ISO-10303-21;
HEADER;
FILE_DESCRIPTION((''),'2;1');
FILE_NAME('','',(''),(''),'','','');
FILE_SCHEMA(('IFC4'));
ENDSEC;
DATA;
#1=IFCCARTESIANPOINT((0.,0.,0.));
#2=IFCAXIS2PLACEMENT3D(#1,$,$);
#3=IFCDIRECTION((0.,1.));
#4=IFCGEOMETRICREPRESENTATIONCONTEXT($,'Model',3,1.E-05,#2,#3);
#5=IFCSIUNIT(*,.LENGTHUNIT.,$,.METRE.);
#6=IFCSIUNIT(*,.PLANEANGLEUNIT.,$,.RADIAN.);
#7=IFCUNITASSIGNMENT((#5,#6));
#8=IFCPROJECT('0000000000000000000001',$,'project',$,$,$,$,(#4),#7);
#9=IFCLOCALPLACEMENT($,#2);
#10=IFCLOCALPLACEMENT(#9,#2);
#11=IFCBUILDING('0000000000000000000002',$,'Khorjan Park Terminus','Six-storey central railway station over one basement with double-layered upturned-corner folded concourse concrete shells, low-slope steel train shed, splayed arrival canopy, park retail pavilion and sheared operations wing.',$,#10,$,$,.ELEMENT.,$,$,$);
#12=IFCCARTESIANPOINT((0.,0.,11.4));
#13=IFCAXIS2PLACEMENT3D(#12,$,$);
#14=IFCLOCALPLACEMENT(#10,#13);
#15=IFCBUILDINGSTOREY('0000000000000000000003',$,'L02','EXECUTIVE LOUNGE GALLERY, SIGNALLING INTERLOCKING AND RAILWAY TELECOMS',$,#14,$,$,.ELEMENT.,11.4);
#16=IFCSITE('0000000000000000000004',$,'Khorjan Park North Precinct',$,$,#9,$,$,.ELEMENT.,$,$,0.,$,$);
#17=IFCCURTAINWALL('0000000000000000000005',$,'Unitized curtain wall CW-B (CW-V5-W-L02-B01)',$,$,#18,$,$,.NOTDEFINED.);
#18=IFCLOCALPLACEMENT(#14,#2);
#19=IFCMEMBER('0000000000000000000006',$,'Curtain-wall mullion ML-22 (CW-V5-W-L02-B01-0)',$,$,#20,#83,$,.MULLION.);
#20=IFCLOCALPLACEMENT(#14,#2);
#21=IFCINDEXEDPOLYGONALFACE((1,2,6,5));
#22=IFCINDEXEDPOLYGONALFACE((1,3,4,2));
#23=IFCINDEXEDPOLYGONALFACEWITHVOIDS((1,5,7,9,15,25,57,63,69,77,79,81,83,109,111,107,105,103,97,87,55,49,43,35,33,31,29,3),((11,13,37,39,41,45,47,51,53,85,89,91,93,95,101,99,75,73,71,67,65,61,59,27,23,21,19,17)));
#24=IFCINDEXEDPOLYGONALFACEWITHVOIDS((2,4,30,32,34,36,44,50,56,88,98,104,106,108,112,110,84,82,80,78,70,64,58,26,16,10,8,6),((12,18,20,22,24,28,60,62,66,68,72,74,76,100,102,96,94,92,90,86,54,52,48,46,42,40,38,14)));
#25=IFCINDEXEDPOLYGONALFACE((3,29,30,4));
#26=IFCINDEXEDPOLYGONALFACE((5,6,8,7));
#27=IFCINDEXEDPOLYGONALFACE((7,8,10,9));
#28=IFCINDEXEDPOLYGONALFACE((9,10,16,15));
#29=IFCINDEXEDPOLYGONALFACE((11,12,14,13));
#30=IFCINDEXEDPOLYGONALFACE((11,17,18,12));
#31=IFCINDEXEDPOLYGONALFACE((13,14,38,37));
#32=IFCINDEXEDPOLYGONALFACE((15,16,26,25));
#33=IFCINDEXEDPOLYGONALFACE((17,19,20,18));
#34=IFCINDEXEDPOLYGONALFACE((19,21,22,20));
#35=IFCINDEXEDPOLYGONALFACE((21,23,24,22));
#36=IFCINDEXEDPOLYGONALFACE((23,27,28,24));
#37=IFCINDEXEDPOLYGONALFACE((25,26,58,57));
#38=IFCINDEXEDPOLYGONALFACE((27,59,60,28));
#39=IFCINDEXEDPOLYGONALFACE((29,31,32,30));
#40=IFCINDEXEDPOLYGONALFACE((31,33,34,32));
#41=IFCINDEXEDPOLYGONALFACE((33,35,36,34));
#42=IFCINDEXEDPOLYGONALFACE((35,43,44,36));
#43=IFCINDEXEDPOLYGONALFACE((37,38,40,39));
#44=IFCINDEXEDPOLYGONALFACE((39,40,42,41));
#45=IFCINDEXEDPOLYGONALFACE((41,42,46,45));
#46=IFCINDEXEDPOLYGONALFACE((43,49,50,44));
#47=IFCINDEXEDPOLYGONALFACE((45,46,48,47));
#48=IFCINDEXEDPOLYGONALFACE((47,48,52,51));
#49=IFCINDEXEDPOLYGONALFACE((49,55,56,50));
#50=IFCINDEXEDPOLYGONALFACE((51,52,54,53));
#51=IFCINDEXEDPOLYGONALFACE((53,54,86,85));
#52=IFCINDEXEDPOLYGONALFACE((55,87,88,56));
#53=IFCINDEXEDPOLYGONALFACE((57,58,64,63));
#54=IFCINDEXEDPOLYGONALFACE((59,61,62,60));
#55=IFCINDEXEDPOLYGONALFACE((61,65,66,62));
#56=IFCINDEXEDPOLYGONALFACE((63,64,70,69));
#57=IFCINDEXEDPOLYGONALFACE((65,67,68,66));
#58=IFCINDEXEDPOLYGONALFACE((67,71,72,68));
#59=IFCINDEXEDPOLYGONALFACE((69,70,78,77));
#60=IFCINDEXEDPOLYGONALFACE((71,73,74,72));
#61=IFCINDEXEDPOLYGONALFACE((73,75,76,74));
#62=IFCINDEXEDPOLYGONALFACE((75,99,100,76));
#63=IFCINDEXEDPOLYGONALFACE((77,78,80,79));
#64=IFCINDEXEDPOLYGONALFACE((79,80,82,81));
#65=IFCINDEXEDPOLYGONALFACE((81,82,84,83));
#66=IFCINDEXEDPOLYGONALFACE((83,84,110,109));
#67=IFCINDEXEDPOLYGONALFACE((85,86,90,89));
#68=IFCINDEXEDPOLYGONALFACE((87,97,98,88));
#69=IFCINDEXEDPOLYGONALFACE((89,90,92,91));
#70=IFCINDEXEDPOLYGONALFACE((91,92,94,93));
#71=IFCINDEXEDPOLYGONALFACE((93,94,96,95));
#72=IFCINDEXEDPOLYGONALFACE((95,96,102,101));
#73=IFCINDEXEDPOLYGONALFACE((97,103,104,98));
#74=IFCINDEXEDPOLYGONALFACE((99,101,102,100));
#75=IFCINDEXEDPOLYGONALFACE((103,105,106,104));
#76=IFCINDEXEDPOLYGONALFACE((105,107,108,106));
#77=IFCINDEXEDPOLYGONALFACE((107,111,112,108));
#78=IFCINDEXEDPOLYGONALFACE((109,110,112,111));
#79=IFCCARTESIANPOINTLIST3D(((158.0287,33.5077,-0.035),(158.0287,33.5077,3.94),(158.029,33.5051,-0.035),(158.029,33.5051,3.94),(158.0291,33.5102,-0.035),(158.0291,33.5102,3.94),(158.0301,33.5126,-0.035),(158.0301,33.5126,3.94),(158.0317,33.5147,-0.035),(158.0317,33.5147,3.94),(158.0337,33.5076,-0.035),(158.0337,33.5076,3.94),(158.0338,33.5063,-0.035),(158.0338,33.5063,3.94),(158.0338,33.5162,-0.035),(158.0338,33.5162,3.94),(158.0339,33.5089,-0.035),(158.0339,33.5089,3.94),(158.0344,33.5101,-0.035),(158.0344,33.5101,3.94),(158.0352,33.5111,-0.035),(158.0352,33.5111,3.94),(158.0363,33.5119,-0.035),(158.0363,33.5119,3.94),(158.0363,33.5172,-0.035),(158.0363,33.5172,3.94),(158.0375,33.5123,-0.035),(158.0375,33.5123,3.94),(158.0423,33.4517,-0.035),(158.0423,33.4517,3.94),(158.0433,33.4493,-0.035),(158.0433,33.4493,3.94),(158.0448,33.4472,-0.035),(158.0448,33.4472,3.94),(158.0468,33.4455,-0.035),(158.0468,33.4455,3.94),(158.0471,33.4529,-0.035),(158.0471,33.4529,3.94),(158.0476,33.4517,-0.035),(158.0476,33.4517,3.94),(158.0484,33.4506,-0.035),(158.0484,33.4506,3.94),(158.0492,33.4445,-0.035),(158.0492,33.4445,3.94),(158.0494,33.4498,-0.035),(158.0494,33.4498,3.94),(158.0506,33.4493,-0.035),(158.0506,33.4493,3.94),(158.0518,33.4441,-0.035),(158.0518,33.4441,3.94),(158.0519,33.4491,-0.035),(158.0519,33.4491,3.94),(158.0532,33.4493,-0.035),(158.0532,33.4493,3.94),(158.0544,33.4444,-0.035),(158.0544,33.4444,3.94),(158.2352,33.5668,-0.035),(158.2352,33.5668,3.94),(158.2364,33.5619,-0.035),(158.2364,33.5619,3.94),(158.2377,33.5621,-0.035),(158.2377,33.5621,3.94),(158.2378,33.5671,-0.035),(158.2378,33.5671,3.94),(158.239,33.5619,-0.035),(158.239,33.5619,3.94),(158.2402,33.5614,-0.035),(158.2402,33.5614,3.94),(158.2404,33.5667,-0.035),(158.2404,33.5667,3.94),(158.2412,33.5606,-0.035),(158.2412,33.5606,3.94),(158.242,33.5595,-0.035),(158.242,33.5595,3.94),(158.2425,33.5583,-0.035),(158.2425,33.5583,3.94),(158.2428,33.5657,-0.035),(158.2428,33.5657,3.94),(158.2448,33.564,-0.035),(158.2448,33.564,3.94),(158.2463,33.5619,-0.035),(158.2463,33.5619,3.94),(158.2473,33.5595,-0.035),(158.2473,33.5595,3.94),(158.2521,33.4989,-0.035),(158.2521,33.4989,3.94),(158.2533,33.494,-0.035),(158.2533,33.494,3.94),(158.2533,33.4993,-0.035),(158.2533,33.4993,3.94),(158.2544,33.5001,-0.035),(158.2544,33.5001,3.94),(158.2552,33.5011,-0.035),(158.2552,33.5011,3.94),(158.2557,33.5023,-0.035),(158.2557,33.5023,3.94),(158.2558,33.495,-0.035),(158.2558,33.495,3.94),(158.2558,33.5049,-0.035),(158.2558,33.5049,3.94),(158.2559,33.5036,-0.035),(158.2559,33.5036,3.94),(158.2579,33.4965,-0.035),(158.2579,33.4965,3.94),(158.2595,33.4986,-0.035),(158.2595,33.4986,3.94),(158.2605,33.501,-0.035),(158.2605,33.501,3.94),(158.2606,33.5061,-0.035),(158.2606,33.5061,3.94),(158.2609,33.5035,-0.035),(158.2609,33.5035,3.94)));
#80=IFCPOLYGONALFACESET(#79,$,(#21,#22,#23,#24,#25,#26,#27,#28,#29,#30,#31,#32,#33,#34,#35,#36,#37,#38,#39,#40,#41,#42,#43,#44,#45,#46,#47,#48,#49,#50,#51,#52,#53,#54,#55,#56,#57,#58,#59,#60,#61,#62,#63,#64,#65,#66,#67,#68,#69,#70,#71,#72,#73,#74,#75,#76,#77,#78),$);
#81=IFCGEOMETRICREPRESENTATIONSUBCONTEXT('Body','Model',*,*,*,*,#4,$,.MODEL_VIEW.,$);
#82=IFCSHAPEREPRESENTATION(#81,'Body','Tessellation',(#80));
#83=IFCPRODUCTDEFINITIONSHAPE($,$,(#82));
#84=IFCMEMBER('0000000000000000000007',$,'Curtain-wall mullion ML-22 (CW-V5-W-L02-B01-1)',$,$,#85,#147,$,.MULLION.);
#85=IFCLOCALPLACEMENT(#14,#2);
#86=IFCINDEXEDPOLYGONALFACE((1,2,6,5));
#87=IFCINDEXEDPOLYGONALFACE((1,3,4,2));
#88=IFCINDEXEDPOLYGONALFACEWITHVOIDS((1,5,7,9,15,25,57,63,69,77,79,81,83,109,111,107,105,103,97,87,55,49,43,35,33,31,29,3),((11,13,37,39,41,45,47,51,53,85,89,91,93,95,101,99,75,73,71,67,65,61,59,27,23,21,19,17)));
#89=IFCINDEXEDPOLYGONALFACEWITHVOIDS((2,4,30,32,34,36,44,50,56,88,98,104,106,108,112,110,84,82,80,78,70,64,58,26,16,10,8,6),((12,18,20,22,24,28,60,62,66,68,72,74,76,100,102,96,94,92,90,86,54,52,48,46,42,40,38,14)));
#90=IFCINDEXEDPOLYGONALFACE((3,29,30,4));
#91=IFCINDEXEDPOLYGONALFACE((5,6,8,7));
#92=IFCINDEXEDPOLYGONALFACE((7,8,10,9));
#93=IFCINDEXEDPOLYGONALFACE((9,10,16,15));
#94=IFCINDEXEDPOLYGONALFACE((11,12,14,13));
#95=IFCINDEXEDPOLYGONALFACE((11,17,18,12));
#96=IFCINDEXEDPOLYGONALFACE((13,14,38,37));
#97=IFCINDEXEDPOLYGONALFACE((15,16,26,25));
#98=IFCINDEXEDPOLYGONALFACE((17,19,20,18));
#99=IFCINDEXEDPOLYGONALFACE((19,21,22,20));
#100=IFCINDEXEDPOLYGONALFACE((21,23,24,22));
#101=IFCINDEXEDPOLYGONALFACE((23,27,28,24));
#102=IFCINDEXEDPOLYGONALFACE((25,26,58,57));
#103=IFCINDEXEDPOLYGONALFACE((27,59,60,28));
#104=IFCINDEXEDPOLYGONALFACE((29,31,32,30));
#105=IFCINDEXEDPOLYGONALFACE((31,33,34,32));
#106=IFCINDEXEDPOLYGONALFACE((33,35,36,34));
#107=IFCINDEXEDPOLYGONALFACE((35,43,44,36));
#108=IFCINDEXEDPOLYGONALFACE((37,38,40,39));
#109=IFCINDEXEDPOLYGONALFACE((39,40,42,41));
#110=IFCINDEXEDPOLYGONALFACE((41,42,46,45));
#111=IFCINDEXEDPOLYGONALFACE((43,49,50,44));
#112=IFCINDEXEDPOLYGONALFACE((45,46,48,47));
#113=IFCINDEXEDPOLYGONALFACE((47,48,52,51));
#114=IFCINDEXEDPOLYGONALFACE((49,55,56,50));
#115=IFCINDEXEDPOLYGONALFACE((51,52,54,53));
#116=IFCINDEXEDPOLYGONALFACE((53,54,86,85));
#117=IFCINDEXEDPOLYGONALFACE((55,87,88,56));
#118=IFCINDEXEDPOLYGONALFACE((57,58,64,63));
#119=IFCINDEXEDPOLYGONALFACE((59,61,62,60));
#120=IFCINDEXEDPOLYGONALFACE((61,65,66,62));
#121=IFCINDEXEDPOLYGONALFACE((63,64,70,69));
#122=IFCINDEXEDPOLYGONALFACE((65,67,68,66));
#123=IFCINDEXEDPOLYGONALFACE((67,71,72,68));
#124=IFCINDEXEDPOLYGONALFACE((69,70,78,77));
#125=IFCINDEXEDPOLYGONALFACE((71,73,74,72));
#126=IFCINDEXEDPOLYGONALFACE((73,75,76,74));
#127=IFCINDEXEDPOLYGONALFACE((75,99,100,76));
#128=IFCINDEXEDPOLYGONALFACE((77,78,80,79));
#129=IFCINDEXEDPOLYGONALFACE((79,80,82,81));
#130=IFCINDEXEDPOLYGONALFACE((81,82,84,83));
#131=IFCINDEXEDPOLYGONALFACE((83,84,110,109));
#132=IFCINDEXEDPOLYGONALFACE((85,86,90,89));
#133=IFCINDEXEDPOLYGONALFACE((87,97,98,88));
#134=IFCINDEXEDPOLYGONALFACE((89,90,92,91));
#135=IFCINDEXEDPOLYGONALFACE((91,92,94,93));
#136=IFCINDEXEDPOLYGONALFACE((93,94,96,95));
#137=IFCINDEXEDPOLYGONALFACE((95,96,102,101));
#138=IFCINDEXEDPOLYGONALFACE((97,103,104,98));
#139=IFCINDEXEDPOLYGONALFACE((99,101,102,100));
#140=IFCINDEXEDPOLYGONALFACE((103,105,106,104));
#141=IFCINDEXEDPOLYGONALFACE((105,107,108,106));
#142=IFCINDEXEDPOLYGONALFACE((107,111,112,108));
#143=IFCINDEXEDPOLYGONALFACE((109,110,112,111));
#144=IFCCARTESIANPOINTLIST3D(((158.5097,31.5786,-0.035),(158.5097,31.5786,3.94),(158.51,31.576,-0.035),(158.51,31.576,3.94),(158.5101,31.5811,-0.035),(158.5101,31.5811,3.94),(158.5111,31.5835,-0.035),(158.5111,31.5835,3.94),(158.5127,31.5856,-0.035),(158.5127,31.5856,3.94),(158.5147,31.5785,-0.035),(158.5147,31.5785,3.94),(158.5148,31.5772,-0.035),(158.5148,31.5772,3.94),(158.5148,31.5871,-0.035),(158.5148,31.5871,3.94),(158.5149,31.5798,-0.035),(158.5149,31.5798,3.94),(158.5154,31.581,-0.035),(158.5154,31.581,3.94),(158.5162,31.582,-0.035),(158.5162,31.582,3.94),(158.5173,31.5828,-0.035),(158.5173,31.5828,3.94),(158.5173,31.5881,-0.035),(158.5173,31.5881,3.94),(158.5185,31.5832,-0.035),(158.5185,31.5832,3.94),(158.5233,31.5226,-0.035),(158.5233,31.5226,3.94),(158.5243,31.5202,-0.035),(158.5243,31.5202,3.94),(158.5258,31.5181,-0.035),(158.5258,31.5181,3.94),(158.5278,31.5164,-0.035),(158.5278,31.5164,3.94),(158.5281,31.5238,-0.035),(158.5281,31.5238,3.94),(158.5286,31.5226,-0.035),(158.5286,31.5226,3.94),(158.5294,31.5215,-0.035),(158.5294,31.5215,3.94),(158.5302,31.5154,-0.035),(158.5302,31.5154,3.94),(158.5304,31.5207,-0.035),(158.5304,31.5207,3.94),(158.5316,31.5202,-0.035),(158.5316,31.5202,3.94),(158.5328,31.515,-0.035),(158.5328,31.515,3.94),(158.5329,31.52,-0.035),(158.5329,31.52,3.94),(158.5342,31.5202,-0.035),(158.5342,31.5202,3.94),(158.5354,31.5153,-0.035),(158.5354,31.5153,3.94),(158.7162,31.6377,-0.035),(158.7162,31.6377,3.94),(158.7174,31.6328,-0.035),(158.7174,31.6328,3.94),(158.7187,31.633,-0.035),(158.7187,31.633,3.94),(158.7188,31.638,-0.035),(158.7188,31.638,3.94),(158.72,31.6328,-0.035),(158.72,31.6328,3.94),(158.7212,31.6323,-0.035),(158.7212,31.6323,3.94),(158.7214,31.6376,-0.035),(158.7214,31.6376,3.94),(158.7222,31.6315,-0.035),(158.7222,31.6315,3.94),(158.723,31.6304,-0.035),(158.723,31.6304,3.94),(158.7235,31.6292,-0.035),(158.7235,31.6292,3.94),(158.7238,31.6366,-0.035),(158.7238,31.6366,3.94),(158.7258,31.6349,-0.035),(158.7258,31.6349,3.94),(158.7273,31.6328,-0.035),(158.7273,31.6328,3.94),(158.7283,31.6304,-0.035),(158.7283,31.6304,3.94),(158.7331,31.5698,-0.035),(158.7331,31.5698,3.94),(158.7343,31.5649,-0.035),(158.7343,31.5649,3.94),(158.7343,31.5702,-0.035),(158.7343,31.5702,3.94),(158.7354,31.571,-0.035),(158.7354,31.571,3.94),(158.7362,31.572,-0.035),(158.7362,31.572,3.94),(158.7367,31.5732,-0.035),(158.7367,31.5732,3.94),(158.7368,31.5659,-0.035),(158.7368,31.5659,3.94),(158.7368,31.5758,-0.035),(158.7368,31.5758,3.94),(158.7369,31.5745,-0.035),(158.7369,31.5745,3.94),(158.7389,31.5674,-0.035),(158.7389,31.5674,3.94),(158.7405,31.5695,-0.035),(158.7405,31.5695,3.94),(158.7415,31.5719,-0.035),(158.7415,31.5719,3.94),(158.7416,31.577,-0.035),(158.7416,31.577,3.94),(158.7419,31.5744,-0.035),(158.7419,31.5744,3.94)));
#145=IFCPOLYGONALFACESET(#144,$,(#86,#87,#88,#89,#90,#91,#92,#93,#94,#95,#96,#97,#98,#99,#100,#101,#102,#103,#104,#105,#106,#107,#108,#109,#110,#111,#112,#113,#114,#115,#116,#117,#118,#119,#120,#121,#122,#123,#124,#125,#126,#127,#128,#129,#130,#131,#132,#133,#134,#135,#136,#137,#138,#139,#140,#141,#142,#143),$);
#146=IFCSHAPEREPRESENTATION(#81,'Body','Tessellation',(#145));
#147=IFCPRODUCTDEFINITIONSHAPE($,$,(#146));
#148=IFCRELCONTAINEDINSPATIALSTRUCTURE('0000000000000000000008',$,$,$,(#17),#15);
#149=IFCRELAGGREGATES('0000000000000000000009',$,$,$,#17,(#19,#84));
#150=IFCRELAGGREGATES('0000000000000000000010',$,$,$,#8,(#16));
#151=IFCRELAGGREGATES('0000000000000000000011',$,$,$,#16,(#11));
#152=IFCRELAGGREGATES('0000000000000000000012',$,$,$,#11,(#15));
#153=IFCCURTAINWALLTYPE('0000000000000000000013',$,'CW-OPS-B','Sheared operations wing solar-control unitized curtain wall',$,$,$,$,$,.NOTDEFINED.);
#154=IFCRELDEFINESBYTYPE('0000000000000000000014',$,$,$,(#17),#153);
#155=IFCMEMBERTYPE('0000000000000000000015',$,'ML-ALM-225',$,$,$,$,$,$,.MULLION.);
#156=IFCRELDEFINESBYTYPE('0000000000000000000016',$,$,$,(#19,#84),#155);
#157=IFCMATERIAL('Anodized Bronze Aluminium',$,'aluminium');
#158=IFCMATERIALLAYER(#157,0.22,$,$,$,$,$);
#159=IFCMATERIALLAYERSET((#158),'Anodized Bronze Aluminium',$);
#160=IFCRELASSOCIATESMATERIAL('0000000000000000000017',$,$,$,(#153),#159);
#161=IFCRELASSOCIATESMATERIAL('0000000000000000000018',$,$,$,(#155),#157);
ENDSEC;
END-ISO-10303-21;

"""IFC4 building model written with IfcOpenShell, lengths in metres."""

from ifc_helpers import new_model, si_unit, direction, frame, origin, origin_2d, place, context, subcontext, project, spatial, hollow_rectangle, extrude, material, layer, layer_set, material_profile, profile_set, type_object, element, aggregate, save


model = new_model("IFC4")

# Units and contexts
model_context = context("Model", 3, precision=1e-05, world=origin(), true_north=direction((0.0, 1.0)))
body_context = subcontext(model_context, "Body", "Model", "MODEL_VIEW")
ifc_project = project(units=[si_unit("LENGTHUNIT", "METRE"), si_unit("PLANEANGLEUNIT", "RADIAN")], contexts=[model_context])

# Site, building, storey
site_placement = place(None, origin())
site = spatial("IfcSite", under=ifc_project, at=site_placement, Name="Khorjan Park North Precinct", CompositionType="ELEMENT", RefElevation=0.0)
building_placement = place(site_placement, origin())
building = spatial("IfcBuilding", under=site, at=building_placement, Name="Khorjan Park Terminus", Description="Six-storey central railway station over one basement with double-layered upturned-corner folded concourse concrete shells, low-slope steel train shed, splayed arrival canopy, park retail pavilion and sheared operations wing.", CompositionType="ELEMENT")
storey_placement = place(building_placement, frame((0.0, 0.0, 11.4)))
storey = spatial("IfcBuildingStorey", under=building, at=storey_placement, Name="L02", Description="EXECUTIVE LOUNGE GALLERY, SIGNALLING INTERLOCKING AND RAILWAY TELECOMS", CompositionType="ELEMENT", Elevation=11.4)

# Curtain wall, members
ifc_material_1 = material(Name="Anodized Bronze Aluminium", Category="aluminium")
ifc_layer_1 = layer(ifc_material_1, 0.22)
ifc_layer_set_1 = layer_set([ifc_layer_1], Name="Anodized Bronze Aluminium")
curtain_wall_type = type_object("IfcCurtainWallType", Name="CW-OPS-B", Description="Sheared operations wing solar-control unitized curtain wall", PredefinedType="NOTDEFINED", material=ifc_layer_set_1)
curtain_wall_placement = place(storey_placement, origin())
curtain_wall = element("IfcCurtainWall", 1, at=curtain_wall_placement, inside=storey, type_object=curtain_wall_type, Name="Unitized curtain wall CW-B (CW-V5-W-L02-B01)", PredefinedType="NOTDEFINED")
ifc_material_profile_1 = material_profile(ifc_material_1, hollow_rectangle(XDim=0.075, YDim=0.225, WallThickness=0.005, InnerFilletRadius=0.005, OuterFilletRadius=0.01, at=origin_2d()), Name="ALM 75x225x5")
ifc_profile_set_1 = profile_set([ifc_material_profile_1], Name="Anodized Bronze Aluminium")
member_type_1 = type_object("IfcMemberType", Name="ML-ALM-225", PredefinedType="MULLION", material=ifc_profile_set_1)
member_1_placement = place(storey_placement, frame((158.1448, 33.5056, -0.035), z_axis=(0.0, 0.0, 1.0), x_axis=(0.241915, -0.970297, 0.0)))
member_1 = element("IfcMember", 2, at=member_1_placement, type_object=member_type_1, Name="Curtain-wall mullion ML-22 (CW-V5-W-L02-B01-0)", PredefinedType="MULLION", context=body_context, shape_type="SweptSolid", body=[
    extrude(hollow_rectangle(XDim=0.075, YDim=0.225, WallThickness=0.005, InnerFilletRadius=0.005, OuterFilletRadius=0.01, at=origin_2d()), origin(), (0.0, 0.0, 1.0), 3.975),
])
member_2_placement = place(storey_placement, frame((158.6258, 31.5765, -0.035), z_axis=(0.0, 0.0, 1.0), x_axis=(0.241915, -0.970297, 0.0)))
member_2 = element("IfcMember", 3, at=member_2_placement, type_object=member_type_1, Name="Curtain-wall mullion ML-22 (CW-V5-W-L02-B01-1)", PredefinedType="MULLION", context=body_context, shape_type="SweptSolid", body=[
    extrude(hollow_rectangle(XDim=0.075, YDim=0.225, WallThickness=0.005, InnerFilletRadius=0.005, OuterFilletRadius=0.01, at=origin_2d()), origin(), (0.0, 0.0, 1.0), 3.975),
])

aggregate(curtain_wall, [member_1, member_2])

save(model, "model.ifc")
